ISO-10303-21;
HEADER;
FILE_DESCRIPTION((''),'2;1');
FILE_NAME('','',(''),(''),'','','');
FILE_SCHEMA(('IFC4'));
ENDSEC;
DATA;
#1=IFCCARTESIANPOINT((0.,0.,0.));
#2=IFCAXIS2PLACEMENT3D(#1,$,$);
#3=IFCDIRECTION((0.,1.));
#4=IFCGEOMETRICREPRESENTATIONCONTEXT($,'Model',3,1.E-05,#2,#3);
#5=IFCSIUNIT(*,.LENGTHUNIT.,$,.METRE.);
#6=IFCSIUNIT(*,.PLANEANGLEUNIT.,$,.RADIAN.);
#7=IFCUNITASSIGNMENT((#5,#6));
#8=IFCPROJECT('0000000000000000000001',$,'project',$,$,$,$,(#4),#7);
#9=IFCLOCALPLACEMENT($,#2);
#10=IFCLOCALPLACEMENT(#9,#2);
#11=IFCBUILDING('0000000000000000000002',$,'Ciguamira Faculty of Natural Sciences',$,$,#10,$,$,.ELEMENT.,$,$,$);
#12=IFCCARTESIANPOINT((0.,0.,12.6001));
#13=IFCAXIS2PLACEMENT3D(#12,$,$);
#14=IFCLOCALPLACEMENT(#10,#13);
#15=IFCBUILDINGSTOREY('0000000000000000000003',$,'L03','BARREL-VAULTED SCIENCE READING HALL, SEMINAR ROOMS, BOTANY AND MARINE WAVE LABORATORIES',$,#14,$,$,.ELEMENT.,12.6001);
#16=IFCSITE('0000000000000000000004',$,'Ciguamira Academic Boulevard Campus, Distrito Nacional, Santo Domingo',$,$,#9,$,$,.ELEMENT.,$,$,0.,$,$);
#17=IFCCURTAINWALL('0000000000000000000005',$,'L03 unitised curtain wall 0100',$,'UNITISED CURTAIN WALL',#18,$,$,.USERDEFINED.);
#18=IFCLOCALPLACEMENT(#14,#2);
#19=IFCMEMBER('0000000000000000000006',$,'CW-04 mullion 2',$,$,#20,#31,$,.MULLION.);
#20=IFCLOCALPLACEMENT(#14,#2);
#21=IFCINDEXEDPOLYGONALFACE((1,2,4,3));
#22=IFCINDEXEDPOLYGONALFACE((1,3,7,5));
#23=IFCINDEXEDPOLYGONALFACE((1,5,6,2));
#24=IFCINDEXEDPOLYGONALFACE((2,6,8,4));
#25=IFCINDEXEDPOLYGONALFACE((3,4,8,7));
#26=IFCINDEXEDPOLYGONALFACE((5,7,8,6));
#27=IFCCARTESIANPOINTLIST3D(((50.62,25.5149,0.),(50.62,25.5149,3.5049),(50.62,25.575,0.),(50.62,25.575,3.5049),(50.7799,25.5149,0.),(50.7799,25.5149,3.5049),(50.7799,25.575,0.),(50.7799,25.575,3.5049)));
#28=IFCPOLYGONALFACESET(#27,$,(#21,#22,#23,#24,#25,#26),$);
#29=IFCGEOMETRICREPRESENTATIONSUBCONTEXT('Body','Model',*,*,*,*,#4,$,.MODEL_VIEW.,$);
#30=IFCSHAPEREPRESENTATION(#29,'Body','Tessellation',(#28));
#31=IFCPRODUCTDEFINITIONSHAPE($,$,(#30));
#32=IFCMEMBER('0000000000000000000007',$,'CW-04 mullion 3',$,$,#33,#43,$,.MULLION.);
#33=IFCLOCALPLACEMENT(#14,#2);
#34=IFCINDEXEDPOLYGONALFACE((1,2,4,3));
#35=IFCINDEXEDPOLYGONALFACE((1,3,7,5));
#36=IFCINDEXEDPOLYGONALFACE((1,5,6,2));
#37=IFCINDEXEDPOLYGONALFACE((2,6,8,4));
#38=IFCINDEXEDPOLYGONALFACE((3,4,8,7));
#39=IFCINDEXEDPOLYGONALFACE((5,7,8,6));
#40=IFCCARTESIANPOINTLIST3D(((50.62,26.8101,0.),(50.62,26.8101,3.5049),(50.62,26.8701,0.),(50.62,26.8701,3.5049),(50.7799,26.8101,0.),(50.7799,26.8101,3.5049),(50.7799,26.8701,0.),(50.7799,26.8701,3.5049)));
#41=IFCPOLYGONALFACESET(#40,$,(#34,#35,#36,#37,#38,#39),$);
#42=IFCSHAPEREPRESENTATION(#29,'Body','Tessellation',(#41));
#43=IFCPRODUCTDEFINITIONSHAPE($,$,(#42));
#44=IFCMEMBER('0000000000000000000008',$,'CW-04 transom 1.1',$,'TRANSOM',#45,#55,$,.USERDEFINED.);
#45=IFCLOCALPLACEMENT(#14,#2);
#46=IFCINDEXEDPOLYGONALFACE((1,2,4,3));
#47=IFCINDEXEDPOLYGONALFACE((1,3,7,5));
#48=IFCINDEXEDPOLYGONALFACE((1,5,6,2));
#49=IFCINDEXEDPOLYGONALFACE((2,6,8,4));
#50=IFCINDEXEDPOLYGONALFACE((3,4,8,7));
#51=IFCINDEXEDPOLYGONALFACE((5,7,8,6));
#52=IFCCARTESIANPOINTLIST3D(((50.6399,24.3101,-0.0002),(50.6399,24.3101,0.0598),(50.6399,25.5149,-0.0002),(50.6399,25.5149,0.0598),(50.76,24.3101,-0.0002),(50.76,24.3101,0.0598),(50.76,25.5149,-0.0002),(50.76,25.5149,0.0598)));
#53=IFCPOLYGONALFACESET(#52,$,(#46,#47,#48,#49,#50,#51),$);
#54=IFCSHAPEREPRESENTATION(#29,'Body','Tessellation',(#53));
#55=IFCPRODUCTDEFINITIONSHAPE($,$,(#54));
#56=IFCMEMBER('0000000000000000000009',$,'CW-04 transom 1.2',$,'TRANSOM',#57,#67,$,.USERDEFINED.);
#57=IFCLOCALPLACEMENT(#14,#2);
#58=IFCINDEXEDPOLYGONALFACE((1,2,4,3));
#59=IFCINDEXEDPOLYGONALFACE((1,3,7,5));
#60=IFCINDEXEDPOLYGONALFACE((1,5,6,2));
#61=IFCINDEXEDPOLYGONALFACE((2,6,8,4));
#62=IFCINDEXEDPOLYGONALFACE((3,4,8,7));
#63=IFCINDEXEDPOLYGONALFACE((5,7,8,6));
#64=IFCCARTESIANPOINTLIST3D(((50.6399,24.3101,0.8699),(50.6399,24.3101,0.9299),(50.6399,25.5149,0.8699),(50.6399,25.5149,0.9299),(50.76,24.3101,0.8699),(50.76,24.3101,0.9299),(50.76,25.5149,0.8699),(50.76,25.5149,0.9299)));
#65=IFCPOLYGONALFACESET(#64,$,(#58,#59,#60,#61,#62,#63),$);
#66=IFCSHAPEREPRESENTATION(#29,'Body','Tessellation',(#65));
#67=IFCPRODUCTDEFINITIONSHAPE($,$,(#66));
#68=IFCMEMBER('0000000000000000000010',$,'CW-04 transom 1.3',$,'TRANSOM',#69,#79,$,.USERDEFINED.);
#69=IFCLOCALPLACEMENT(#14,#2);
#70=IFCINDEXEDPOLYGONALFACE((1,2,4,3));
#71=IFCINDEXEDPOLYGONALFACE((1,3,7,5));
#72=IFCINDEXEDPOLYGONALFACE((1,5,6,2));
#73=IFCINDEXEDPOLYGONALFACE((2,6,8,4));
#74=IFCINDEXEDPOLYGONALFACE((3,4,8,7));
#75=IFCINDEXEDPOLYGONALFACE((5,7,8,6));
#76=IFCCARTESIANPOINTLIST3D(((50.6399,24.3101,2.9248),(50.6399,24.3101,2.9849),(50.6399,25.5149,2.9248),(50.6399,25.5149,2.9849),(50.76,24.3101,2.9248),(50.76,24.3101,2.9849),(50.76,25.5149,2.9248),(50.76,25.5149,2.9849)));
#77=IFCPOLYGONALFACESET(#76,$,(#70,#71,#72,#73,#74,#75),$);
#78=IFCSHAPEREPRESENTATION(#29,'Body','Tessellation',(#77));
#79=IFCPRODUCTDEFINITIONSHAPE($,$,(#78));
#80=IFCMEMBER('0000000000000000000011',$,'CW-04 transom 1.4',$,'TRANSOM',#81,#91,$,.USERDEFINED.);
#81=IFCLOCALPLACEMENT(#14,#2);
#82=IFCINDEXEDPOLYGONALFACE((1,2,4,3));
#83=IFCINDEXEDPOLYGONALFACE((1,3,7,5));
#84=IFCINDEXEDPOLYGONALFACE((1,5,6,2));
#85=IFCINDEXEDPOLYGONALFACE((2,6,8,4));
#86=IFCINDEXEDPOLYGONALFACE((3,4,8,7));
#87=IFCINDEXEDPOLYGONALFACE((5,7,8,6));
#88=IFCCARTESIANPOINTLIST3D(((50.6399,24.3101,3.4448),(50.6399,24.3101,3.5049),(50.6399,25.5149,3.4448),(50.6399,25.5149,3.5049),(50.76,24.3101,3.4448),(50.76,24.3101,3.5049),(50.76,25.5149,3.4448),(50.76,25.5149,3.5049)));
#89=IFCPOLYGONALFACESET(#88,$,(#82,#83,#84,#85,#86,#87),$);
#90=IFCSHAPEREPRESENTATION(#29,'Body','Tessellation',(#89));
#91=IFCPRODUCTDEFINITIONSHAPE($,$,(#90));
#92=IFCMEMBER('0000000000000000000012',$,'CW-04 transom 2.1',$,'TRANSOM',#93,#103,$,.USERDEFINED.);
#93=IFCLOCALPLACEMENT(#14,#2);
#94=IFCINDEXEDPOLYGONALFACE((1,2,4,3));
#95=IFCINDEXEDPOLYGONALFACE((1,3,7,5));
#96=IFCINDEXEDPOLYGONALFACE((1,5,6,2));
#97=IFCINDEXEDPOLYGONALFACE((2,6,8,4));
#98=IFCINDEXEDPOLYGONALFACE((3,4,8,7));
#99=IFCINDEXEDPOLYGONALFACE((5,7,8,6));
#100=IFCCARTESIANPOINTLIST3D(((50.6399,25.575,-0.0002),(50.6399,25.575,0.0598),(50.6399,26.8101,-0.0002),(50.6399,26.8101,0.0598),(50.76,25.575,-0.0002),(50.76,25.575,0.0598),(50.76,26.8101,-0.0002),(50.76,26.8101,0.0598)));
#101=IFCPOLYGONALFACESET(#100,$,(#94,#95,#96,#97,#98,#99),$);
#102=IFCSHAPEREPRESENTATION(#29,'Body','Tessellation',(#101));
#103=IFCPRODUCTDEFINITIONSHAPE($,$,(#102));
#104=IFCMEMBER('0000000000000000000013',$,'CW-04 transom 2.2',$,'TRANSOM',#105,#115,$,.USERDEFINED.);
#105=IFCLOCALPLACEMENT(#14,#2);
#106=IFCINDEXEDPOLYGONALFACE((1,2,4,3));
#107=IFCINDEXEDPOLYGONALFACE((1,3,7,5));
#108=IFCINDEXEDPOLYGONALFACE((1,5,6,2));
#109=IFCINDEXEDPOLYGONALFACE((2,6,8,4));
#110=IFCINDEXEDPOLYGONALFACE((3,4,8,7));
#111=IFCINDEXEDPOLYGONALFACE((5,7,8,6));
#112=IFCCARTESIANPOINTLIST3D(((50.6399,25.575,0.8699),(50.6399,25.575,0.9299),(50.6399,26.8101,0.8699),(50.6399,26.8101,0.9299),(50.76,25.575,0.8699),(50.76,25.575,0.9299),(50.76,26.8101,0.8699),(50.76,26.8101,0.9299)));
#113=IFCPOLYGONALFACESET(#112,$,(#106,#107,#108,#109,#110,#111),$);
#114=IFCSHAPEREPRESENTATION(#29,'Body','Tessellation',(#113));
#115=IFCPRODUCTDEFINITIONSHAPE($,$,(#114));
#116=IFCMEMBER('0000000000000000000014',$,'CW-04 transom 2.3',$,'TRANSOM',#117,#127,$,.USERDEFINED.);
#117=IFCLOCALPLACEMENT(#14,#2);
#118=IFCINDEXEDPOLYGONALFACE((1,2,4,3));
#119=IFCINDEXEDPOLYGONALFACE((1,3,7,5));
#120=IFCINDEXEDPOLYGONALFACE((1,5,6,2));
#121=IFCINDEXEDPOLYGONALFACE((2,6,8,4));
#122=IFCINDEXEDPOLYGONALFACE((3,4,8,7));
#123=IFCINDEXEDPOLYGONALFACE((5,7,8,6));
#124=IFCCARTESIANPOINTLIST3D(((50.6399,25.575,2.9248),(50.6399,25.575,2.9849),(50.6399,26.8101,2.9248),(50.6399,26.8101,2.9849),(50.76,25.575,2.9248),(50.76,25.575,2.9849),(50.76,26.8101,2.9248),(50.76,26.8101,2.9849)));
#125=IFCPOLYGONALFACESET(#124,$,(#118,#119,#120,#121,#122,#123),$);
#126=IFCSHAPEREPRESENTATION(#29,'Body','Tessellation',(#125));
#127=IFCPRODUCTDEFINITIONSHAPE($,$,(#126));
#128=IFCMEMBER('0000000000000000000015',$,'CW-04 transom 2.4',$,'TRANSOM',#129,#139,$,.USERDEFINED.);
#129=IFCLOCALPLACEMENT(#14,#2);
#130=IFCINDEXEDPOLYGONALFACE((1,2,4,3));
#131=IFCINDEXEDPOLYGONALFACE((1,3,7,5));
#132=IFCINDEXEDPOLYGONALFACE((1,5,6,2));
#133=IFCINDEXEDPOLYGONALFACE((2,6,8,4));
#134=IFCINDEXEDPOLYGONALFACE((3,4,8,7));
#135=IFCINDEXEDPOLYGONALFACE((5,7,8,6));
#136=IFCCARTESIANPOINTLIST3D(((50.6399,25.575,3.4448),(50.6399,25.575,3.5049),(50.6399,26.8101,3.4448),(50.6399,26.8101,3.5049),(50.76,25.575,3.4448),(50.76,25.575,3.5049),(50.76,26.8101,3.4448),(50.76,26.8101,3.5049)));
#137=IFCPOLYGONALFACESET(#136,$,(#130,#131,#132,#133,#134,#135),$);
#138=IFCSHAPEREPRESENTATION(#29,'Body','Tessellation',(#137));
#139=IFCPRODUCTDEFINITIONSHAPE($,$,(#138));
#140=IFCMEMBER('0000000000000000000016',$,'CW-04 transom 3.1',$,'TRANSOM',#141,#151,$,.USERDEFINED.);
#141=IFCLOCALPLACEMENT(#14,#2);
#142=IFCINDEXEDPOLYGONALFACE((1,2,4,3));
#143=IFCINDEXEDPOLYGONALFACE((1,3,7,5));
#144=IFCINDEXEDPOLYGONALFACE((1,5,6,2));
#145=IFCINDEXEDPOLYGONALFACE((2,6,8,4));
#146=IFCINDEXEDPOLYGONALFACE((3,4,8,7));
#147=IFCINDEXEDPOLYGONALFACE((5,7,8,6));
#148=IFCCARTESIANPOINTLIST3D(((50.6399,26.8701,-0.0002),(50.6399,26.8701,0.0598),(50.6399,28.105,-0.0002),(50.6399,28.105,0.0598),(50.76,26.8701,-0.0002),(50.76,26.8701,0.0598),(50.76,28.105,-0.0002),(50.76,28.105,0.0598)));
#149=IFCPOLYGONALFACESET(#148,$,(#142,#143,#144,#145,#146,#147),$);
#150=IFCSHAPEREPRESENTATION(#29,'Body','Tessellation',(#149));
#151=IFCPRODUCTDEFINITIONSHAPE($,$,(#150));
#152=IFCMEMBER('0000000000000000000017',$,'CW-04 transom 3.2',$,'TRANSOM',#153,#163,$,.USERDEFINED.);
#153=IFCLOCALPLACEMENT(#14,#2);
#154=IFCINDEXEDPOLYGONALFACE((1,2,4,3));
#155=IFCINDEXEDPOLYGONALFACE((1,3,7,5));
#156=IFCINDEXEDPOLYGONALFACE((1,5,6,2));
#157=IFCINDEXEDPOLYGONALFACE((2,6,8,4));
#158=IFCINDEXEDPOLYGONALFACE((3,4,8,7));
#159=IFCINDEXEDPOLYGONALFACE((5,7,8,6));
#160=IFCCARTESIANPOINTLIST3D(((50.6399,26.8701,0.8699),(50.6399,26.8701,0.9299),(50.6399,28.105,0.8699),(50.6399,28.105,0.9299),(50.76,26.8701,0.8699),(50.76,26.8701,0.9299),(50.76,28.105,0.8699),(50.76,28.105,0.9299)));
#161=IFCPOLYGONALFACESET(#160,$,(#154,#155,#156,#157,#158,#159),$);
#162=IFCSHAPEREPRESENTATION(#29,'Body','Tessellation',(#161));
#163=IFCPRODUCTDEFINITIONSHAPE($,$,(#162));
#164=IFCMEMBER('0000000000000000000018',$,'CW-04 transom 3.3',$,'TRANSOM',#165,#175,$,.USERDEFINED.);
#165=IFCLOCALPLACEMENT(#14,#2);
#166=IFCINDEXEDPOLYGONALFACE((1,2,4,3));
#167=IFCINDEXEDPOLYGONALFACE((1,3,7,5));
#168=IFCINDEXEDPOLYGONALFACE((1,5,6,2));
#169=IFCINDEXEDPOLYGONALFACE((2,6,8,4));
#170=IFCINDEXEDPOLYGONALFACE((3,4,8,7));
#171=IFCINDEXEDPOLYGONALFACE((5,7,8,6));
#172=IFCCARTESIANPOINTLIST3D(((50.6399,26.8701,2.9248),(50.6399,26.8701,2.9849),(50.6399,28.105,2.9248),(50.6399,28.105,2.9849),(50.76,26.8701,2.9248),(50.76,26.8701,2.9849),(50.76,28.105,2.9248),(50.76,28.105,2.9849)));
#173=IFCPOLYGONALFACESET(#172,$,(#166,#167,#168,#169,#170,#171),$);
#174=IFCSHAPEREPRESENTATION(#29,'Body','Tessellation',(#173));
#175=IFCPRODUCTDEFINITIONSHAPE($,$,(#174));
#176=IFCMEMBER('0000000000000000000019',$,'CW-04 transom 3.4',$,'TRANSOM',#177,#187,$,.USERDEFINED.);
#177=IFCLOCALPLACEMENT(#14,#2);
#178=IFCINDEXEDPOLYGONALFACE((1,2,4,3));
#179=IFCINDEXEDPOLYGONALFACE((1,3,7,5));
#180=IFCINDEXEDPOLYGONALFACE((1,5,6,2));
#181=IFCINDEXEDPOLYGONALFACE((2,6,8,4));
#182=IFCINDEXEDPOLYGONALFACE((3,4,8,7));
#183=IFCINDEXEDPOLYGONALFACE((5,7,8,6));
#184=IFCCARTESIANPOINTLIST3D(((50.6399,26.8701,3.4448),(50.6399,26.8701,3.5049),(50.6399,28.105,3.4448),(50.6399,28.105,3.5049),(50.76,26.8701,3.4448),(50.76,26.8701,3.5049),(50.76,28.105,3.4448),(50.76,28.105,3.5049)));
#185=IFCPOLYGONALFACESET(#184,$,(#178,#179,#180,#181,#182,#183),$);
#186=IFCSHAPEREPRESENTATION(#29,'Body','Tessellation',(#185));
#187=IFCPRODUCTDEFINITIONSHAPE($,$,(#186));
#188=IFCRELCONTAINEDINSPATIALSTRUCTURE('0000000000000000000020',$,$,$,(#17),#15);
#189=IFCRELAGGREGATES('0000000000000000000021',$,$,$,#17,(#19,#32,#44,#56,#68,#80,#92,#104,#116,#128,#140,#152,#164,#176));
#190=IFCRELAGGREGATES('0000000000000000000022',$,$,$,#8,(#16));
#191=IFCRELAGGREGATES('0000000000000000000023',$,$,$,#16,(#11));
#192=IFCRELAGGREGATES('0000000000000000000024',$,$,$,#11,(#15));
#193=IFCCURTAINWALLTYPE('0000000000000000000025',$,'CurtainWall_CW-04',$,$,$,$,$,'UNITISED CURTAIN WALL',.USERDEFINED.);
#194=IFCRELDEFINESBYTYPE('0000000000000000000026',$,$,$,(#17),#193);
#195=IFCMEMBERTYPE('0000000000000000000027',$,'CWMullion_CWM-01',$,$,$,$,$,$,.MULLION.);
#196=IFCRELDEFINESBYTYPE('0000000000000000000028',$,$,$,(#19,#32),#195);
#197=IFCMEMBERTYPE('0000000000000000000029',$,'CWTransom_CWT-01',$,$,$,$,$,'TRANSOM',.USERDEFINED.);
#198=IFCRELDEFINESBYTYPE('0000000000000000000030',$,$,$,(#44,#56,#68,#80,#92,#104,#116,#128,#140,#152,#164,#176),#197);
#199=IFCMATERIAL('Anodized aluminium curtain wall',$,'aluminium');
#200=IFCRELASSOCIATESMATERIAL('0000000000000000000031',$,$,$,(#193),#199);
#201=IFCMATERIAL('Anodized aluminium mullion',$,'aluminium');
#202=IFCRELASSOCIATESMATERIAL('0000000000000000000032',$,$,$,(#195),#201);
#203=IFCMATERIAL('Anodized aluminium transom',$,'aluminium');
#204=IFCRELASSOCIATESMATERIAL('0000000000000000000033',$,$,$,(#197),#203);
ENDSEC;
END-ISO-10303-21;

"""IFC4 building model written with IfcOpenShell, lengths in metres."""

from ifc_helpers import new_model, si_unit, direction, frame, origin, origin_2d, place, context, subcontext, project, spatial, rectangle, extrude, material, material_profile, profile_set, type_object, element, aggregate, save


model = new_model("IFC4")

# Units and contexts
model_context = context("Model", 3, precision=1e-05, world=origin(), true_north=direction((0.0, 1.0)))
body_context = subcontext(model_context, "Body", "Model", "MODEL_VIEW")
ifc_project = project(units=[si_unit("LENGTHUNIT", "METRE"), si_unit("PLANEANGLEUNIT", "RADIAN")], contexts=[model_context])

# Site, building, storey
site_placement = place(None, origin())
site = spatial("IfcSite", under=ifc_project, at=site_placement, Name="Ciguamira Academic Boulevard Campus, Distrito Nacional, Santo Domingo", CompositionType="ELEMENT", RefElevation=0.0)
building_placement = place(site_placement, origin())
building = spatial("IfcBuilding", under=site, at=building_placement, Name="Ciguamira Faculty of Natural Sciences", CompositionType="ELEMENT")
storey_placement = place(building_placement, frame((0.0, 0.0, 12.6001)))
storey = spatial("IfcBuildingStorey", under=building, at=storey_placement, Name="L03", Description="BARREL-VAULTED SCIENCE READING HALL, SEMINAR ROOMS, BOTANY AND MARINE WAVE LABORATORIES", CompositionType="ELEMENT", Elevation=12.6001)

# Curtain wall, members
ifc_material_1 = material(Name="Anodized aluminium curtain wall", Category="aluminium")
curtain_wall_type = type_object("IfcCurtainWallType", Name="CurtainWall_CW-04", ElementType="UNITISED CURTAIN WALL", PredefinedType="USERDEFINED", material=ifc_material_1)
curtain_wall_placement = place(storey_placement, origin())
curtain_wall = element("IfcCurtainWall", 1, at=curtain_wall_placement, inside=storey, type_object=curtain_wall_type, Name="L03 unitised curtain wall 0100", ObjectType="UNITISED CURTAIN WALL", PredefinedType="USERDEFINED")
ifc_material_2 = material(Name="Anodized aluminium mullion", Category="aluminium")
ifc_material_profile_1 = material_profile(ifc_material_2, rectangle(XDim=0.0601, YDim=0.1599, at=origin_2d()), Name="ALU-MUL-60X160")
ifc_profile_set_1 = profile_set([ifc_material_profile_1], Name="Anodized aluminium mullion")
member_type_1 = type_object("IfcMemberType", Name="CWMullion_CWM-01", PredefinedType="MULLION", material=ifc_profile_set_1)
member_1_placement = place(storey_placement, frame((50.7, 25.5449, 0.0), z_axis=(0.0, 0.0, 1.0), x_axis=(0.0, 1.0, 0.0)))
member_1 = element("IfcMember", 2, at=member_1_placement, type_object=member_type_1, Name="CW-04 mullion 2", PredefinedType="MULLION", context=body_context, shape_type="SweptSolid", body=[
    extrude(rectangle(XDim=0.0601, YDim=0.1599, at=origin_2d()), origin(), (0.0, 0.0, 1.0), 3.5049),
])
member_2_placement = place(storey_placement, frame((50.7, 26.8401, 0.0), z_axis=(0.0, 0.0, 1.0), x_axis=(0.0, 1.0, 0.0)))
member_2 = element("IfcMember", 3, at=member_2_placement, type_object=member_type_1, Name="CW-04 mullion 3", PredefinedType="MULLION", context=body_context, shape_type="SweptSolid", body=[
    extrude(rectangle(XDim=0.0601, YDim=0.1599, at=origin_2d()), origin(), (0.0, 0.0, 1.0), 3.5049),
])
ifc_material_3 = material(Name="Anodized aluminium transom", Category="aluminium")
ifc_material_profile_2 = material_profile(ifc_material_3, rectangle(XDim=0.0601, YDim=0.1201, at=origin_2d()), Name="ALU-TRN-60X120")
ifc_profile_set_2 = profile_set([ifc_material_profile_2], Name="Anodized aluminium transom")
member_type_2 = type_object("IfcMemberType", Name="CWTransom_CWT-01", ElementType="TRANSOM", PredefinedType="USERDEFINED", material=ifc_profile_set_2)
member_3_placement = place(storey_placement, frame((50.7, 24.3101, 0.0298), z_axis=(0.0, 1.0, 0.0), x_axis=(0.0, 0.0, 1.0)))
member_3 = element("IfcMember", 4, at=member_3_placement, type_object=member_type_2, Name="CW-04 transom 1.1", ObjectType="TRANSOM", PredefinedType="USERDEFINED", context=body_context, shape_type="SweptSolid", body=[
    extrude(rectangle(XDim=0.0601, YDim=0.1201, at=origin_2d()), origin(), (0.0, 0.0, 1.0), 1.2048),
])
member_4_placement = place(storey_placement, frame((50.7, 24.3101, 0.8999), z_axis=(0.0, 1.0, 0.0), x_axis=(0.0, 0.0, 1.0)))
member_4 = element("IfcMember", 5, at=member_4_placement, type_object=member_type_2, Name="CW-04 transom 1.2", ObjectType="TRANSOM", PredefinedType="USERDEFINED", context=body_context, shape_type="SweptSolid", body=[
    extrude(rectangle(XDim=0.0601, YDim=0.1201, at=origin_2d()), origin(), (0.0, 0.0, 1.0), 1.2048),
])
member_5_placement = place(storey_placement, frame((50.7, 24.3101, 2.9548), z_axis=(0.0, 1.0, 0.0), x_axis=(0.0, 0.0, 1.0)))
member_5 = element("IfcMember", 6, at=member_5_placement, type_object=member_type_2, Name="CW-04 transom 1.3", ObjectType="TRANSOM", PredefinedType="USERDEFINED", context=body_context, shape_type="SweptSolid", body=[
    extrude(rectangle(XDim=0.0601, YDim=0.1201, at=origin_2d()), origin(), (0.0, 0.0, 1.0), 1.2048),
])
member_6_placement = place(storey_placement, frame((50.7, 24.3101, 3.4749), z_axis=(0.0, 1.0, 0.0), x_axis=(0.0, 0.0, 1.0)))
member_6 = element("IfcMember", 7, at=member_6_placement, type_object=member_type_2, Name="CW-04 transom 1.4", ObjectType="TRANSOM", PredefinedType="USERDEFINED", context=body_context, shape_type="SweptSolid", body=[
    extrude(rectangle(XDim=0.0601, YDim=0.1201, at=origin_2d()), origin(), (0.0, 0.0, 1.0), 1.2048),
])
member_7_placement = place(storey_placement, frame((50.7, 25.575, 0.0298), z_axis=(0.0, 1.0, 0.0), x_axis=(0.0, 0.0, 1.0)))
member_7 = element("IfcMember", 8, at=member_7_placement, type_object=member_type_2, Name="CW-04 transom 2.1", ObjectType="TRANSOM", PredefinedType="USERDEFINED", context=body_context, shape_type="SweptSolid", body=[
    extrude(rectangle(XDim=0.0601, YDim=0.1201, at=origin_2d()), origin(), (0.0, 0.0, 1.0), 1.2351),
])
member_8_placement = place(storey_placement, frame((50.7, 25.575, 0.8999), z_axis=(0.0, 1.0, 0.0), x_axis=(0.0, 0.0, 1.0)))
member_8 = element("IfcMember", 9, at=member_8_placement, type_object=member_type_2, Name="CW-04 transom 2.2", ObjectType="TRANSOM", PredefinedType="USERDEFINED", context=body_context, shape_type="SweptSolid", body=[
    extrude(rectangle(XDim=0.0601, YDim=0.1201, at=origin_2d()), origin(), (0.0, 0.0, 1.0), 1.2351),
])
member_9_placement = place(storey_placement, frame((50.7, 25.575, 2.9548), z_axis=(0.0, 1.0, 0.0), x_axis=(0.0, 0.0, 1.0)))
member_9 = element("IfcMember", 10, at=member_9_placement, type_object=member_type_2, Name="CW-04 transom 2.3", ObjectType="TRANSOM", PredefinedType="USERDEFINED", context=body_context, shape_type="SweptSolid", body=[
    extrude(rectangle(XDim=0.0601, YDim=0.1201, at=origin_2d()), origin(), (0.0, 0.0, 1.0), 1.2351),
])
member_10_placement = place(storey_placement, frame((50.7, 25.575, 3.4749), z_axis=(0.0, 1.0, 0.0), x_axis=(0.0, 0.0, 1.0)))
member_10 = element("IfcMember", 11, at=member_10_placement, type_object=member_type_2, Name="CW-04 transom 2.4", ObjectType="TRANSOM", PredefinedType="USERDEFINED", context=body_context, shape_type="SweptSolid", body=[
    extrude(rectangle(XDim=0.0601, YDim=0.1201, at=origin_2d()), origin(), (0.0, 0.0, 1.0), 1.2351),
])
member_11_placement = place(storey_placement, frame((50.7, 26.8701, 0.0298), z_axis=(0.0, 1.0, 0.0), x_axis=(0.0, 0.0, 1.0)))
member_11 = element("IfcMember", 12, at=member_11_placement, type_object=member_type_2, Name="CW-04 transom 3.1", ObjectType="TRANSOM", PredefinedType="USERDEFINED", context=body_context, shape_type="SweptSolid", body=[
    extrude(rectangle(XDim=0.0601, YDim=0.1201, at=origin_2d()), origin(), (0.0, 0.0, 1.0), 1.2349),
])
member_12_placement = place(storey_placement, frame((50.7, 26.8701, 0.8999), z_axis=(0.0, 1.0, 0.0), x_axis=(0.0, 0.0, 1.0)))
member_12 = element("IfcMember", 13, at=member_12_placement, type_object=member_type_2, Name="CW-04 transom 3.2", ObjectType="TRANSOM", PredefinedType="USERDEFINED", context=body_context, shape_type="SweptSolid", body=[
    extrude(rectangle(XDim=0.0601, YDim=0.1201, at=origin_2d()), origin(), (0.0, 0.0, 1.0), 1.2349),
])
member_13_placement = place(storey_placement, frame((50.7, 26.8701, 2.9548), z_axis=(0.0, 1.0, 0.0), x_axis=(0.0, 0.0, 1.0)))
member_13 = element("IfcMember", 14, at=member_13_placement, type_object=member_type_2, Name="CW-04 transom 3.3", ObjectType="TRANSOM", PredefinedType="USERDEFINED", context=body_context, shape_type="SweptSolid", body=[
    extrude(rectangle(XDim=0.0601, YDim=0.1201, at=origin_2d()), origin(), (0.0, 0.0, 1.0), 1.2349),
])
member_14_placement = place(storey_placement, frame((50.7, 26.8701, 3.4749), z_axis=(0.0, 1.0, 0.0), x_axis=(0.0, 0.0, 1.0)))
member_14 = element("IfcMember", 15, at=member_14_placement, type_object=member_type_2, Name="CW-04 transom 3.4", ObjectType="TRANSOM", PredefinedType="USERDEFINED", context=body_context, shape_type="SweptSolid", body=[
    extrude(rectangle(XDim=0.0601, YDim=0.1201, at=origin_2d()), origin(), (0.0, 0.0, 1.0), 1.2349),
])

aggregate(curtain_wall, [member_1, member_2, member_3, member_4, member_5, member_6, member_7, member_8, member_9, member_10, member_11, member_12, member_13, member_14])

save(model, "model.ifc")
